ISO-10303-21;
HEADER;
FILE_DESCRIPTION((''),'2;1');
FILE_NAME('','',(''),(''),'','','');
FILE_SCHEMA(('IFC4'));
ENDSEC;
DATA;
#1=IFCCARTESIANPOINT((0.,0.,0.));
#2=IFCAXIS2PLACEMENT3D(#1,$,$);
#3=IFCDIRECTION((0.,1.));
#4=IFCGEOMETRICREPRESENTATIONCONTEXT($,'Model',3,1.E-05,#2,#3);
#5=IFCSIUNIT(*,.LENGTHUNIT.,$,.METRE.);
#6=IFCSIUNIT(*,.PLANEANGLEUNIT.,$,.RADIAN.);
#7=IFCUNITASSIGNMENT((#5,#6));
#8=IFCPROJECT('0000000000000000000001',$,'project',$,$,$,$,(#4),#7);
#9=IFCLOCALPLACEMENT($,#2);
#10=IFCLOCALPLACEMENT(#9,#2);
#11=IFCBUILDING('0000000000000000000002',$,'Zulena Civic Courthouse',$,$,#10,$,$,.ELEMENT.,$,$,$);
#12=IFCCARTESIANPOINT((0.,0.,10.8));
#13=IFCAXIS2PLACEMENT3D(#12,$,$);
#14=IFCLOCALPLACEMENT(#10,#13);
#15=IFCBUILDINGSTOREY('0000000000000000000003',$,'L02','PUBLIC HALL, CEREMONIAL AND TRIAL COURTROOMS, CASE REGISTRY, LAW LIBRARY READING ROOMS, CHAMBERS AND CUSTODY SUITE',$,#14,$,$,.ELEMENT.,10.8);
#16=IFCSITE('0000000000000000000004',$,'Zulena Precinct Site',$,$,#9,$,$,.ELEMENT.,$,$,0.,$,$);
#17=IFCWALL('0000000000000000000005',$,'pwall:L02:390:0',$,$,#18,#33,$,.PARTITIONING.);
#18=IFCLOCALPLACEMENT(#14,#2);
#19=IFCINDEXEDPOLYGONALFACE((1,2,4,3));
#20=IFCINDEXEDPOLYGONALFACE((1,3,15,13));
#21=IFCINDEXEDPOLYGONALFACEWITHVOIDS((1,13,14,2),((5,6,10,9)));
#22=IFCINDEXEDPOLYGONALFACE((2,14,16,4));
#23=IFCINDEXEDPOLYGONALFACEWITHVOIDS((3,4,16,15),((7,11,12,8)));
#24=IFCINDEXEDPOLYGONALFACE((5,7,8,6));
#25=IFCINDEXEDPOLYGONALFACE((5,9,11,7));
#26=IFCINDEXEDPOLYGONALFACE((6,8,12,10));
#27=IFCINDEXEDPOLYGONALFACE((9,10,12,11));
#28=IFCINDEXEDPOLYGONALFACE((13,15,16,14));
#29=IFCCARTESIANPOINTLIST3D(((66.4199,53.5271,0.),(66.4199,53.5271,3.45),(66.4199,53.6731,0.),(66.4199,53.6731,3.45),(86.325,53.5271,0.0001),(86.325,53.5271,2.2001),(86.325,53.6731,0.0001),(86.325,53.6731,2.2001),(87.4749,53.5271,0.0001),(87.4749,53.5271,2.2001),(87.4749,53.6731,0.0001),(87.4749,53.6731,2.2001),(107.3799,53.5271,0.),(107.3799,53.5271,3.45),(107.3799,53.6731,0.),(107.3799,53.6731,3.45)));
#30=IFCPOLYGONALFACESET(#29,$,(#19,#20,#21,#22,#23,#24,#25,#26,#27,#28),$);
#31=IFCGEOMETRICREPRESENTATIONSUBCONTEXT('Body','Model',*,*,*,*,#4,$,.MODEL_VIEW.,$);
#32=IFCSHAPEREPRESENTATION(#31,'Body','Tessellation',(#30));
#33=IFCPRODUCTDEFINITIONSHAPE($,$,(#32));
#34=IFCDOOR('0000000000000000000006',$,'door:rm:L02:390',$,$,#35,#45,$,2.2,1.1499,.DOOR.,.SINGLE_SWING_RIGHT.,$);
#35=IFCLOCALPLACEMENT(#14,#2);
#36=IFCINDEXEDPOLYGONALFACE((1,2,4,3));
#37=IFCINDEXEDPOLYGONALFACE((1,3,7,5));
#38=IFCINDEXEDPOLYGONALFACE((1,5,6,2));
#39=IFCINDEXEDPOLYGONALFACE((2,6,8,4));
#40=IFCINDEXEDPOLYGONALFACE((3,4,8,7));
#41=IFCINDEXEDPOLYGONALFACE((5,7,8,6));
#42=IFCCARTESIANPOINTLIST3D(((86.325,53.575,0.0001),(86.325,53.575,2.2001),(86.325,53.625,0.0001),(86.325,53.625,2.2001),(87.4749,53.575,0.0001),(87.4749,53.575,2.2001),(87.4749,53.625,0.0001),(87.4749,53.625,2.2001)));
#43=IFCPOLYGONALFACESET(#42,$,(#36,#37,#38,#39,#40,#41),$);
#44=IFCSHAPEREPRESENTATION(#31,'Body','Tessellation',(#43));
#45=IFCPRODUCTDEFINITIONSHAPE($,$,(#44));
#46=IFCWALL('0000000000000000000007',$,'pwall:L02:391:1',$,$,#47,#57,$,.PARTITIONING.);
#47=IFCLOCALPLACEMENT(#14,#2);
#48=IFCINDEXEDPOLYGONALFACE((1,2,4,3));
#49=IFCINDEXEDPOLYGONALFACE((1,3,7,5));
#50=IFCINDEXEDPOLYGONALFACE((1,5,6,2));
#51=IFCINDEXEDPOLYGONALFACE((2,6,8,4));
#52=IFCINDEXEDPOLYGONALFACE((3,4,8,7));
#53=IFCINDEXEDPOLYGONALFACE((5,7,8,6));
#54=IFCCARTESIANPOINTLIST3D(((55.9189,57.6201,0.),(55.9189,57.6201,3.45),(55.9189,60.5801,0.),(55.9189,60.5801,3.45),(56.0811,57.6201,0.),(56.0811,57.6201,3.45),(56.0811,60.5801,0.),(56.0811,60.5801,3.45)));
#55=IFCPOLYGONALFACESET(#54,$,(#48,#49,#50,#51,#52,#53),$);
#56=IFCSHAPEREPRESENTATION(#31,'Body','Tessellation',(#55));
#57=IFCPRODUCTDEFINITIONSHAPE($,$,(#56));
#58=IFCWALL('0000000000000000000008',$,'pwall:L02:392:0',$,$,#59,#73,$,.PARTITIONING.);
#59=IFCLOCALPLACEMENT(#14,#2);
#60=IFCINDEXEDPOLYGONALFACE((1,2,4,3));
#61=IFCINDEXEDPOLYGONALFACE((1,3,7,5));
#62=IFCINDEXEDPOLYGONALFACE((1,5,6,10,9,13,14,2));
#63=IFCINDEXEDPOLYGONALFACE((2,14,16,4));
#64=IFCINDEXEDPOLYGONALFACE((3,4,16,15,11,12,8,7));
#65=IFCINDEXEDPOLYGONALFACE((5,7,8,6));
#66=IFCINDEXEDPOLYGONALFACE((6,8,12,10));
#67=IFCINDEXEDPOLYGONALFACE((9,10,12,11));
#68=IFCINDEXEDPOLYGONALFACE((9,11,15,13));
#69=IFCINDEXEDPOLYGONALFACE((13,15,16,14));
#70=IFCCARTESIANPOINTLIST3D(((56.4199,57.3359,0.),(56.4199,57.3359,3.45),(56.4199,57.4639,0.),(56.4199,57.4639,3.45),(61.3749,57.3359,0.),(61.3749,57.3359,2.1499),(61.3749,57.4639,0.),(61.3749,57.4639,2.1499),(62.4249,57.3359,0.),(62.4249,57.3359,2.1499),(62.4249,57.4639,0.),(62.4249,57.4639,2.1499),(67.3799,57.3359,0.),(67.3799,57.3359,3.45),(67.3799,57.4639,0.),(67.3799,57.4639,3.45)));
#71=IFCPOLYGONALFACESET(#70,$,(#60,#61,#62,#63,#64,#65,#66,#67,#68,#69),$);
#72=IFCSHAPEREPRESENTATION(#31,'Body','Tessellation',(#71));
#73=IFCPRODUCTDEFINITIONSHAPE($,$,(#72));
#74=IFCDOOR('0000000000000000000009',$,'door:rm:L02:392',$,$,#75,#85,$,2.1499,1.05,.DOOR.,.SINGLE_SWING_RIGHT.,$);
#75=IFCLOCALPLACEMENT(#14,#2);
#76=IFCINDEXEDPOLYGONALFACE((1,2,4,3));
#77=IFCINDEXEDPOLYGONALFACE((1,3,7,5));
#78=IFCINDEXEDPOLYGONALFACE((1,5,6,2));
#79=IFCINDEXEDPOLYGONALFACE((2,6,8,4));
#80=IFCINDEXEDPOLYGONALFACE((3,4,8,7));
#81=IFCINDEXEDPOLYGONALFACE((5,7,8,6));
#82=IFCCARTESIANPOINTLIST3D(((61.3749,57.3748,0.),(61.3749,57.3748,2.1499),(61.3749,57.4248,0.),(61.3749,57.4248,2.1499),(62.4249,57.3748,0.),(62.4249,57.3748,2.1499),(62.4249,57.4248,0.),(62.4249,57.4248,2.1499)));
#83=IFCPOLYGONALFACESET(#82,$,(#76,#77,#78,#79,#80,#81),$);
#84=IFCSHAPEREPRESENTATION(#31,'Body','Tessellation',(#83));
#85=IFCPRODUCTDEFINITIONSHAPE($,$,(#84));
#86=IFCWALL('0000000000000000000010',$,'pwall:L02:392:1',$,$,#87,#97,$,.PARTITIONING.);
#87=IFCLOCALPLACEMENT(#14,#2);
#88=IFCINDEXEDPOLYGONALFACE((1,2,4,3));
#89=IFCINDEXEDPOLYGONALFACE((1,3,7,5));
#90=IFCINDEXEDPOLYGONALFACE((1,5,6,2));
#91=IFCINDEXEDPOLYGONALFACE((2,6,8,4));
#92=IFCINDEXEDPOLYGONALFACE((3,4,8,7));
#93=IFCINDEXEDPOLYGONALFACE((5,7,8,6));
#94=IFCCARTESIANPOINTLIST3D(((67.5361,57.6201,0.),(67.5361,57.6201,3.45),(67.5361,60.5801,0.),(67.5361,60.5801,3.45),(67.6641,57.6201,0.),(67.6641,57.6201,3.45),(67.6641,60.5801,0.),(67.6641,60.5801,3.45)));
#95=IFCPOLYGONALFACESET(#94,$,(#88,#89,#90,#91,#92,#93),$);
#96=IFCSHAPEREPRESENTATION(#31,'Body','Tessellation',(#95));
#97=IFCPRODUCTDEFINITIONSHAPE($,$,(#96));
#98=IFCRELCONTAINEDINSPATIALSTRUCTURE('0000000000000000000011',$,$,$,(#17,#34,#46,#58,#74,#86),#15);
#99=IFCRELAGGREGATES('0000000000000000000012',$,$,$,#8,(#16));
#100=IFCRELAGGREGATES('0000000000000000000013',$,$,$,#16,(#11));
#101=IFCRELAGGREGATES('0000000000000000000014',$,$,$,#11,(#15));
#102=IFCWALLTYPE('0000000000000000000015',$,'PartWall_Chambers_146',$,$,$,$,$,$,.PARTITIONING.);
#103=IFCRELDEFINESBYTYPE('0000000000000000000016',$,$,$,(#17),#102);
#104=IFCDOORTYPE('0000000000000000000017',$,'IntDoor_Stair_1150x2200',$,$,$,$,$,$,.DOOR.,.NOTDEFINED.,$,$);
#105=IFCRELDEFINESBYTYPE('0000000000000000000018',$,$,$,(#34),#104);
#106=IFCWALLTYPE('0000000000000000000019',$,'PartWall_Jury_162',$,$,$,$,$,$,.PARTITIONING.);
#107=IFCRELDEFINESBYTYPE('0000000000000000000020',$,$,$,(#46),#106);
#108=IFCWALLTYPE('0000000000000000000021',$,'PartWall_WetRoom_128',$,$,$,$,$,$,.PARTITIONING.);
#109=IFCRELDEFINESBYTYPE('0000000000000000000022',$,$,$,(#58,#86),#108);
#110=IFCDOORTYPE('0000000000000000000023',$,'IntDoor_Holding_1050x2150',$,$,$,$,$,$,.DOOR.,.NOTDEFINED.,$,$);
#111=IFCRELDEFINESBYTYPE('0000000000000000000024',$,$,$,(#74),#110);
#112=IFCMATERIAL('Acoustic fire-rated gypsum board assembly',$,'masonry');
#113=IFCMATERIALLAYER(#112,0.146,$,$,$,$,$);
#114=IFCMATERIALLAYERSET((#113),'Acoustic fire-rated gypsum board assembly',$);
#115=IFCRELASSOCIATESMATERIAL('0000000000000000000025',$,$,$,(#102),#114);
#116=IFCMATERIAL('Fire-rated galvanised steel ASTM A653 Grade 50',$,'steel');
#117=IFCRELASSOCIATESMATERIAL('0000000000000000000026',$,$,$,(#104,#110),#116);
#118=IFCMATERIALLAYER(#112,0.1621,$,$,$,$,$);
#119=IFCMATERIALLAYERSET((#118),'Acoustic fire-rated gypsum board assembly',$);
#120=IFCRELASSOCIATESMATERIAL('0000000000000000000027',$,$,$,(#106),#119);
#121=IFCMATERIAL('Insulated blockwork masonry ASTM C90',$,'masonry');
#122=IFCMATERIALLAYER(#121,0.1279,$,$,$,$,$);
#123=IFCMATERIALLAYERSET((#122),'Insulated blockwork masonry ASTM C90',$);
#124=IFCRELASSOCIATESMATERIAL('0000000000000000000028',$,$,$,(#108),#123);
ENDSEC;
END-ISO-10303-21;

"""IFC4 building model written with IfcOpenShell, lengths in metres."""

from ifc_helpers import new_model, si_unit, direction, frame, frame_2d, origin, place, context, subcontext, project, spatial, rectangle, extrude, material, layer, layer_set, type_object, element, fill, save


model = new_model("IFC4")

# Units and contexts
model_context = context("Model", 3, precision=1e-05, world=origin(), true_north=direction((0.0, 1.0)))
body_context = subcontext(model_context, "Body", "Model", "MODEL_VIEW")
ifc_project = project(units=[si_unit("LENGTHUNIT", "METRE"), si_unit("PLANEANGLEUNIT", "RADIAN")], contexts=[model_context])

# Site, building, storey
site_placement = place(None, origin())
site = spatial("IfcSite", under=ifc_project, at=site_placement, Name="Zulena Precinct Site", CompositionType="ELEMENT", RefElevation=0.0)
building_placement = place(site_placement, origin())
building = spatial("IfcBuilding", under=site, at=building_placement, Name="Zulena Civic Courthouse", CompositionType="ELEMENT")
storey_placement = place(building_placement, frame((0.0, 0.0, 10.8)))
storey = spatial("IfcBuildingStorey", under=building, at=storey_placement, Name="L02", Description="PUBLIC HALL, CEREMONIAL AND TRIAL COURTROOMS, CASE REGISTRY, LAW LIBRARY READING ROOMS, CHAMBERS AND CUSTODY SUITE", CompositionType="ELEMENT", Elevation=10.8)

# Wall, opening, door
ifc_material_1 = material(Name="Acoustic fire-rated gypsum board assembly", Category="masonry")
ifc_layer_1 = layer(ifc_material_1, 0.146)
ifc_layer_set_1 = layer_set([ifc_layer_1], Name="Acoustic fire-rated gypsum board assembly")
wall_type_1 = type_object("IfcWallType", Name="PartWall_Chambers_146", PredefinedType="PARTITIONING", material=ifc_layer_set_1)
wall_1_placement = place(storey_placement, frame((66.4199, 53.6001, 0.0), z_axis=(0.0, 0.0, 1.0), x_axis=(1.0, 0.0, 0.0)))
wall_1 = element("IfcWall", 1, at=wall_1_placement, inside=storey, type_object=wall_type_1, Name="pwall:L02:390:0", PredefinedType="PARTITIONING", context=body_context, shape_type="SweptSolid", body=[
    extrude(rectangle(XDim=40.96, YDim=0.146, at=frame_2d((20.48, 0.0))), origin(), (0.0, 0.0, 1.0), 3.45),
])
opening_1_placement = place(wall_1_placement, frame((19.905, 0.0, 0.0)))
opening_1 = element("IfcOpeningElement", 2, at=opening_1_placement, cuts=wall_1, PredefinedType="OPENING", context=body_context, shape_type="SweptSolid", body=[
    extrude(rectangle(XDim=1.1499, YDim=2.2, at=frame_2d((0.575, 1.1001))), frame((0.0, 0.083, 0.0), z_axis=(0.0, -1.0, 0.0), x_axis=(1.0, 0.0, 0.0)), (0.0, 0.0, 1.0), 0.166),
])
ifc_material_2 = material(Name="Fire-rated galvanised steel ASTM A653 Grade 50", Category="steel")
door_type_1 = type_object("IfcDoorType", Name="IntDoor_Stair_1150x2200", OperationType="NOTDEFINED", PredefinedType="DOOR", material=ifc_material_2)
door_1_placement = place(opening_1_placement, origin())
door_1 = element("IfcDoor", 3, at=door_1_placement, inside=storey, type_object=door_type_1, Name="door:rm:L02:390", OperationType="SINGLE_SWING_RIGHT", OverallHeight=2.2, OverallWidth=1.1499, PredefinedType="DOOR", context=body_context, shape_type="SweptSolid", body=[
    extrude(rectangle(XDim=1.1499, YDim=2.2, at=frame_2d((0.575, 1.1001))), frame((0.0, 0.0249, 0.0), z_axis=(0.0, -1.0, 0.0), x_axis=(1.0, 0.0, 0.0)), (0.0, 0.0, 1.0), 0.05),
])
fill(opening_1, door_1)

# Wall
ifc_layer_2 = layer(ifc_material_1, 0.1621)
ifc_layer_set_2 = layer_set([ifc_layer_2], Name="Acoustic fire-rated gypsum board assembly")
wall_type_2 = type_object("IfcWallType", Name="PartWall_Jury_162", PredefinedType="PARTITIONING", material=ifc_layer_set_2)
wall_2_placement = place(storey_placement, frame((56.0, 57.6201, 0.0), z_axis=(0.0, 0.0, 1.0), x_axis=(0.0, 1.0, 0.0)))
element("IfcWall", 4, at=wall_2_placement, inside=storey, type_object=wall_type_2, Name="pwall:L02:391:1", PredefinedType="PARTITIONING", context=body_context, shape_type="SweptSolid", body=[
    extrude(rectangle(XDim=2.96, YDim=0.1621, at=frame_2d((1.48, 0.0))), origin(), (0.0, 0.0, 1.0), 3.45),
])

# Wall, opening, door
ifc_material_3 = material(Name="Insulated blockwork masonry ASTM C90", Category="masonry")
ifc_layer_3 = layer(ifc_material_3, 0.1279)
ifc_layer_set_3 = layer_set([ifc_layer_3], Name="Insulated blockwork masonry ASTM C90")
wall_type_3 = type_object("IfcWallType", Name="PartWall_WetRoom_128", PredefinedType="PARTITIONING", material=ifc_layer_set_3)
wall_3_placement = place(storey_placement, frame((56.4199, 57.3999, 0.0), z_axis=(0.0, 0.0, 1.0), x_axis=(1.0, 0.0, 0.0)))
wall_3 = element("IfcWall", 5, at=wall_3_placement, inside=storey, type_object=wall_type_3, Name="pwall:L02:392:0", PredefinedType="PARTITIONING", context=body_context, shape_type="SweptSolid", body=[
    extrude(rectangle(XDim=10.96, YDim=0.1279, at=frame_2d((5.48, 0.0))), origin(), (0.0, 0.0, 1.0), 3.45),
])
opening_2_placement = place(wall_3_placement, frame((4.9551, 0.0, 0.0)))
opening_2 = element("IfcOpeningElement", 6, at=opening_2_placement, cuts=wall_3, PredefinedType="OPENING", context=body_context, shape_type="SweptSolid", body=[
    extrude(rectangle(XDim=1.05, YDim=2.1499, at=frame_2d((0.5249, 1.075))), frame((0.0, 0.074, 0.0), z_axis=(0.0, -1.0, 0.0), x_axis=(1.0, 0.0, 0.0)), (0.0, 0.0, 1.0), 0.1479),
])
door_type_2 = type_object("IfcDoorType", Name="IntDoor_Holding_1050x2150", OperationType="NOTDEFINED", PredefinedType="DOOR", material=ifc_material_2)
door_2_placement = place(opening_2_placement, origin())
door_2 = element("IfcDoor", 7, at=door_2_placement, inside=storey, type_object=door_type_2, Name="door:rm:L02:392", OperationType="SINGLE_SWING_RIGHT", OverallHeight=2.1499, OverallWidth=1.05, PredefinedType="DOOR", context=body_context, shape_type="SweptSolid", body=[
    extrude(rectangle(XDim=1.05, YDim=2.1499, at=frame_2d((0.5249, 1.075))), frame((0.0, 0.0249, 0.0), z_axis=(0.0, -1.0, 0.0), x_axis=(1.0, 0.0, 0.0)), (0.0, 0.0, 1.0), 0.05),
])
fill(opening_2, door_2)

# Wall
wall_4_placement = place(storey_placement, frame((67.6001, 57.6201, 0.0), z_axis=(0.0, 0.0, 1.0), x_axis=(0.0, 1.0, 0.0)))
element("IfcWall", 8, at=wall_4_placement, inside=storey, type_object=wall_type_3, Name="pwall:L02:392:1", PredefinedType="PARTITIONING", context=body_context, shape_type="SweptSolid", body=[
    extrude(rectangle(XDim=2.96, YDim=0.1279, at=frame_2d((1.48, 0.0))), origin(), (0.0, 0.0, 1.0), 3.45),
])

save(model, "model.ifc")
